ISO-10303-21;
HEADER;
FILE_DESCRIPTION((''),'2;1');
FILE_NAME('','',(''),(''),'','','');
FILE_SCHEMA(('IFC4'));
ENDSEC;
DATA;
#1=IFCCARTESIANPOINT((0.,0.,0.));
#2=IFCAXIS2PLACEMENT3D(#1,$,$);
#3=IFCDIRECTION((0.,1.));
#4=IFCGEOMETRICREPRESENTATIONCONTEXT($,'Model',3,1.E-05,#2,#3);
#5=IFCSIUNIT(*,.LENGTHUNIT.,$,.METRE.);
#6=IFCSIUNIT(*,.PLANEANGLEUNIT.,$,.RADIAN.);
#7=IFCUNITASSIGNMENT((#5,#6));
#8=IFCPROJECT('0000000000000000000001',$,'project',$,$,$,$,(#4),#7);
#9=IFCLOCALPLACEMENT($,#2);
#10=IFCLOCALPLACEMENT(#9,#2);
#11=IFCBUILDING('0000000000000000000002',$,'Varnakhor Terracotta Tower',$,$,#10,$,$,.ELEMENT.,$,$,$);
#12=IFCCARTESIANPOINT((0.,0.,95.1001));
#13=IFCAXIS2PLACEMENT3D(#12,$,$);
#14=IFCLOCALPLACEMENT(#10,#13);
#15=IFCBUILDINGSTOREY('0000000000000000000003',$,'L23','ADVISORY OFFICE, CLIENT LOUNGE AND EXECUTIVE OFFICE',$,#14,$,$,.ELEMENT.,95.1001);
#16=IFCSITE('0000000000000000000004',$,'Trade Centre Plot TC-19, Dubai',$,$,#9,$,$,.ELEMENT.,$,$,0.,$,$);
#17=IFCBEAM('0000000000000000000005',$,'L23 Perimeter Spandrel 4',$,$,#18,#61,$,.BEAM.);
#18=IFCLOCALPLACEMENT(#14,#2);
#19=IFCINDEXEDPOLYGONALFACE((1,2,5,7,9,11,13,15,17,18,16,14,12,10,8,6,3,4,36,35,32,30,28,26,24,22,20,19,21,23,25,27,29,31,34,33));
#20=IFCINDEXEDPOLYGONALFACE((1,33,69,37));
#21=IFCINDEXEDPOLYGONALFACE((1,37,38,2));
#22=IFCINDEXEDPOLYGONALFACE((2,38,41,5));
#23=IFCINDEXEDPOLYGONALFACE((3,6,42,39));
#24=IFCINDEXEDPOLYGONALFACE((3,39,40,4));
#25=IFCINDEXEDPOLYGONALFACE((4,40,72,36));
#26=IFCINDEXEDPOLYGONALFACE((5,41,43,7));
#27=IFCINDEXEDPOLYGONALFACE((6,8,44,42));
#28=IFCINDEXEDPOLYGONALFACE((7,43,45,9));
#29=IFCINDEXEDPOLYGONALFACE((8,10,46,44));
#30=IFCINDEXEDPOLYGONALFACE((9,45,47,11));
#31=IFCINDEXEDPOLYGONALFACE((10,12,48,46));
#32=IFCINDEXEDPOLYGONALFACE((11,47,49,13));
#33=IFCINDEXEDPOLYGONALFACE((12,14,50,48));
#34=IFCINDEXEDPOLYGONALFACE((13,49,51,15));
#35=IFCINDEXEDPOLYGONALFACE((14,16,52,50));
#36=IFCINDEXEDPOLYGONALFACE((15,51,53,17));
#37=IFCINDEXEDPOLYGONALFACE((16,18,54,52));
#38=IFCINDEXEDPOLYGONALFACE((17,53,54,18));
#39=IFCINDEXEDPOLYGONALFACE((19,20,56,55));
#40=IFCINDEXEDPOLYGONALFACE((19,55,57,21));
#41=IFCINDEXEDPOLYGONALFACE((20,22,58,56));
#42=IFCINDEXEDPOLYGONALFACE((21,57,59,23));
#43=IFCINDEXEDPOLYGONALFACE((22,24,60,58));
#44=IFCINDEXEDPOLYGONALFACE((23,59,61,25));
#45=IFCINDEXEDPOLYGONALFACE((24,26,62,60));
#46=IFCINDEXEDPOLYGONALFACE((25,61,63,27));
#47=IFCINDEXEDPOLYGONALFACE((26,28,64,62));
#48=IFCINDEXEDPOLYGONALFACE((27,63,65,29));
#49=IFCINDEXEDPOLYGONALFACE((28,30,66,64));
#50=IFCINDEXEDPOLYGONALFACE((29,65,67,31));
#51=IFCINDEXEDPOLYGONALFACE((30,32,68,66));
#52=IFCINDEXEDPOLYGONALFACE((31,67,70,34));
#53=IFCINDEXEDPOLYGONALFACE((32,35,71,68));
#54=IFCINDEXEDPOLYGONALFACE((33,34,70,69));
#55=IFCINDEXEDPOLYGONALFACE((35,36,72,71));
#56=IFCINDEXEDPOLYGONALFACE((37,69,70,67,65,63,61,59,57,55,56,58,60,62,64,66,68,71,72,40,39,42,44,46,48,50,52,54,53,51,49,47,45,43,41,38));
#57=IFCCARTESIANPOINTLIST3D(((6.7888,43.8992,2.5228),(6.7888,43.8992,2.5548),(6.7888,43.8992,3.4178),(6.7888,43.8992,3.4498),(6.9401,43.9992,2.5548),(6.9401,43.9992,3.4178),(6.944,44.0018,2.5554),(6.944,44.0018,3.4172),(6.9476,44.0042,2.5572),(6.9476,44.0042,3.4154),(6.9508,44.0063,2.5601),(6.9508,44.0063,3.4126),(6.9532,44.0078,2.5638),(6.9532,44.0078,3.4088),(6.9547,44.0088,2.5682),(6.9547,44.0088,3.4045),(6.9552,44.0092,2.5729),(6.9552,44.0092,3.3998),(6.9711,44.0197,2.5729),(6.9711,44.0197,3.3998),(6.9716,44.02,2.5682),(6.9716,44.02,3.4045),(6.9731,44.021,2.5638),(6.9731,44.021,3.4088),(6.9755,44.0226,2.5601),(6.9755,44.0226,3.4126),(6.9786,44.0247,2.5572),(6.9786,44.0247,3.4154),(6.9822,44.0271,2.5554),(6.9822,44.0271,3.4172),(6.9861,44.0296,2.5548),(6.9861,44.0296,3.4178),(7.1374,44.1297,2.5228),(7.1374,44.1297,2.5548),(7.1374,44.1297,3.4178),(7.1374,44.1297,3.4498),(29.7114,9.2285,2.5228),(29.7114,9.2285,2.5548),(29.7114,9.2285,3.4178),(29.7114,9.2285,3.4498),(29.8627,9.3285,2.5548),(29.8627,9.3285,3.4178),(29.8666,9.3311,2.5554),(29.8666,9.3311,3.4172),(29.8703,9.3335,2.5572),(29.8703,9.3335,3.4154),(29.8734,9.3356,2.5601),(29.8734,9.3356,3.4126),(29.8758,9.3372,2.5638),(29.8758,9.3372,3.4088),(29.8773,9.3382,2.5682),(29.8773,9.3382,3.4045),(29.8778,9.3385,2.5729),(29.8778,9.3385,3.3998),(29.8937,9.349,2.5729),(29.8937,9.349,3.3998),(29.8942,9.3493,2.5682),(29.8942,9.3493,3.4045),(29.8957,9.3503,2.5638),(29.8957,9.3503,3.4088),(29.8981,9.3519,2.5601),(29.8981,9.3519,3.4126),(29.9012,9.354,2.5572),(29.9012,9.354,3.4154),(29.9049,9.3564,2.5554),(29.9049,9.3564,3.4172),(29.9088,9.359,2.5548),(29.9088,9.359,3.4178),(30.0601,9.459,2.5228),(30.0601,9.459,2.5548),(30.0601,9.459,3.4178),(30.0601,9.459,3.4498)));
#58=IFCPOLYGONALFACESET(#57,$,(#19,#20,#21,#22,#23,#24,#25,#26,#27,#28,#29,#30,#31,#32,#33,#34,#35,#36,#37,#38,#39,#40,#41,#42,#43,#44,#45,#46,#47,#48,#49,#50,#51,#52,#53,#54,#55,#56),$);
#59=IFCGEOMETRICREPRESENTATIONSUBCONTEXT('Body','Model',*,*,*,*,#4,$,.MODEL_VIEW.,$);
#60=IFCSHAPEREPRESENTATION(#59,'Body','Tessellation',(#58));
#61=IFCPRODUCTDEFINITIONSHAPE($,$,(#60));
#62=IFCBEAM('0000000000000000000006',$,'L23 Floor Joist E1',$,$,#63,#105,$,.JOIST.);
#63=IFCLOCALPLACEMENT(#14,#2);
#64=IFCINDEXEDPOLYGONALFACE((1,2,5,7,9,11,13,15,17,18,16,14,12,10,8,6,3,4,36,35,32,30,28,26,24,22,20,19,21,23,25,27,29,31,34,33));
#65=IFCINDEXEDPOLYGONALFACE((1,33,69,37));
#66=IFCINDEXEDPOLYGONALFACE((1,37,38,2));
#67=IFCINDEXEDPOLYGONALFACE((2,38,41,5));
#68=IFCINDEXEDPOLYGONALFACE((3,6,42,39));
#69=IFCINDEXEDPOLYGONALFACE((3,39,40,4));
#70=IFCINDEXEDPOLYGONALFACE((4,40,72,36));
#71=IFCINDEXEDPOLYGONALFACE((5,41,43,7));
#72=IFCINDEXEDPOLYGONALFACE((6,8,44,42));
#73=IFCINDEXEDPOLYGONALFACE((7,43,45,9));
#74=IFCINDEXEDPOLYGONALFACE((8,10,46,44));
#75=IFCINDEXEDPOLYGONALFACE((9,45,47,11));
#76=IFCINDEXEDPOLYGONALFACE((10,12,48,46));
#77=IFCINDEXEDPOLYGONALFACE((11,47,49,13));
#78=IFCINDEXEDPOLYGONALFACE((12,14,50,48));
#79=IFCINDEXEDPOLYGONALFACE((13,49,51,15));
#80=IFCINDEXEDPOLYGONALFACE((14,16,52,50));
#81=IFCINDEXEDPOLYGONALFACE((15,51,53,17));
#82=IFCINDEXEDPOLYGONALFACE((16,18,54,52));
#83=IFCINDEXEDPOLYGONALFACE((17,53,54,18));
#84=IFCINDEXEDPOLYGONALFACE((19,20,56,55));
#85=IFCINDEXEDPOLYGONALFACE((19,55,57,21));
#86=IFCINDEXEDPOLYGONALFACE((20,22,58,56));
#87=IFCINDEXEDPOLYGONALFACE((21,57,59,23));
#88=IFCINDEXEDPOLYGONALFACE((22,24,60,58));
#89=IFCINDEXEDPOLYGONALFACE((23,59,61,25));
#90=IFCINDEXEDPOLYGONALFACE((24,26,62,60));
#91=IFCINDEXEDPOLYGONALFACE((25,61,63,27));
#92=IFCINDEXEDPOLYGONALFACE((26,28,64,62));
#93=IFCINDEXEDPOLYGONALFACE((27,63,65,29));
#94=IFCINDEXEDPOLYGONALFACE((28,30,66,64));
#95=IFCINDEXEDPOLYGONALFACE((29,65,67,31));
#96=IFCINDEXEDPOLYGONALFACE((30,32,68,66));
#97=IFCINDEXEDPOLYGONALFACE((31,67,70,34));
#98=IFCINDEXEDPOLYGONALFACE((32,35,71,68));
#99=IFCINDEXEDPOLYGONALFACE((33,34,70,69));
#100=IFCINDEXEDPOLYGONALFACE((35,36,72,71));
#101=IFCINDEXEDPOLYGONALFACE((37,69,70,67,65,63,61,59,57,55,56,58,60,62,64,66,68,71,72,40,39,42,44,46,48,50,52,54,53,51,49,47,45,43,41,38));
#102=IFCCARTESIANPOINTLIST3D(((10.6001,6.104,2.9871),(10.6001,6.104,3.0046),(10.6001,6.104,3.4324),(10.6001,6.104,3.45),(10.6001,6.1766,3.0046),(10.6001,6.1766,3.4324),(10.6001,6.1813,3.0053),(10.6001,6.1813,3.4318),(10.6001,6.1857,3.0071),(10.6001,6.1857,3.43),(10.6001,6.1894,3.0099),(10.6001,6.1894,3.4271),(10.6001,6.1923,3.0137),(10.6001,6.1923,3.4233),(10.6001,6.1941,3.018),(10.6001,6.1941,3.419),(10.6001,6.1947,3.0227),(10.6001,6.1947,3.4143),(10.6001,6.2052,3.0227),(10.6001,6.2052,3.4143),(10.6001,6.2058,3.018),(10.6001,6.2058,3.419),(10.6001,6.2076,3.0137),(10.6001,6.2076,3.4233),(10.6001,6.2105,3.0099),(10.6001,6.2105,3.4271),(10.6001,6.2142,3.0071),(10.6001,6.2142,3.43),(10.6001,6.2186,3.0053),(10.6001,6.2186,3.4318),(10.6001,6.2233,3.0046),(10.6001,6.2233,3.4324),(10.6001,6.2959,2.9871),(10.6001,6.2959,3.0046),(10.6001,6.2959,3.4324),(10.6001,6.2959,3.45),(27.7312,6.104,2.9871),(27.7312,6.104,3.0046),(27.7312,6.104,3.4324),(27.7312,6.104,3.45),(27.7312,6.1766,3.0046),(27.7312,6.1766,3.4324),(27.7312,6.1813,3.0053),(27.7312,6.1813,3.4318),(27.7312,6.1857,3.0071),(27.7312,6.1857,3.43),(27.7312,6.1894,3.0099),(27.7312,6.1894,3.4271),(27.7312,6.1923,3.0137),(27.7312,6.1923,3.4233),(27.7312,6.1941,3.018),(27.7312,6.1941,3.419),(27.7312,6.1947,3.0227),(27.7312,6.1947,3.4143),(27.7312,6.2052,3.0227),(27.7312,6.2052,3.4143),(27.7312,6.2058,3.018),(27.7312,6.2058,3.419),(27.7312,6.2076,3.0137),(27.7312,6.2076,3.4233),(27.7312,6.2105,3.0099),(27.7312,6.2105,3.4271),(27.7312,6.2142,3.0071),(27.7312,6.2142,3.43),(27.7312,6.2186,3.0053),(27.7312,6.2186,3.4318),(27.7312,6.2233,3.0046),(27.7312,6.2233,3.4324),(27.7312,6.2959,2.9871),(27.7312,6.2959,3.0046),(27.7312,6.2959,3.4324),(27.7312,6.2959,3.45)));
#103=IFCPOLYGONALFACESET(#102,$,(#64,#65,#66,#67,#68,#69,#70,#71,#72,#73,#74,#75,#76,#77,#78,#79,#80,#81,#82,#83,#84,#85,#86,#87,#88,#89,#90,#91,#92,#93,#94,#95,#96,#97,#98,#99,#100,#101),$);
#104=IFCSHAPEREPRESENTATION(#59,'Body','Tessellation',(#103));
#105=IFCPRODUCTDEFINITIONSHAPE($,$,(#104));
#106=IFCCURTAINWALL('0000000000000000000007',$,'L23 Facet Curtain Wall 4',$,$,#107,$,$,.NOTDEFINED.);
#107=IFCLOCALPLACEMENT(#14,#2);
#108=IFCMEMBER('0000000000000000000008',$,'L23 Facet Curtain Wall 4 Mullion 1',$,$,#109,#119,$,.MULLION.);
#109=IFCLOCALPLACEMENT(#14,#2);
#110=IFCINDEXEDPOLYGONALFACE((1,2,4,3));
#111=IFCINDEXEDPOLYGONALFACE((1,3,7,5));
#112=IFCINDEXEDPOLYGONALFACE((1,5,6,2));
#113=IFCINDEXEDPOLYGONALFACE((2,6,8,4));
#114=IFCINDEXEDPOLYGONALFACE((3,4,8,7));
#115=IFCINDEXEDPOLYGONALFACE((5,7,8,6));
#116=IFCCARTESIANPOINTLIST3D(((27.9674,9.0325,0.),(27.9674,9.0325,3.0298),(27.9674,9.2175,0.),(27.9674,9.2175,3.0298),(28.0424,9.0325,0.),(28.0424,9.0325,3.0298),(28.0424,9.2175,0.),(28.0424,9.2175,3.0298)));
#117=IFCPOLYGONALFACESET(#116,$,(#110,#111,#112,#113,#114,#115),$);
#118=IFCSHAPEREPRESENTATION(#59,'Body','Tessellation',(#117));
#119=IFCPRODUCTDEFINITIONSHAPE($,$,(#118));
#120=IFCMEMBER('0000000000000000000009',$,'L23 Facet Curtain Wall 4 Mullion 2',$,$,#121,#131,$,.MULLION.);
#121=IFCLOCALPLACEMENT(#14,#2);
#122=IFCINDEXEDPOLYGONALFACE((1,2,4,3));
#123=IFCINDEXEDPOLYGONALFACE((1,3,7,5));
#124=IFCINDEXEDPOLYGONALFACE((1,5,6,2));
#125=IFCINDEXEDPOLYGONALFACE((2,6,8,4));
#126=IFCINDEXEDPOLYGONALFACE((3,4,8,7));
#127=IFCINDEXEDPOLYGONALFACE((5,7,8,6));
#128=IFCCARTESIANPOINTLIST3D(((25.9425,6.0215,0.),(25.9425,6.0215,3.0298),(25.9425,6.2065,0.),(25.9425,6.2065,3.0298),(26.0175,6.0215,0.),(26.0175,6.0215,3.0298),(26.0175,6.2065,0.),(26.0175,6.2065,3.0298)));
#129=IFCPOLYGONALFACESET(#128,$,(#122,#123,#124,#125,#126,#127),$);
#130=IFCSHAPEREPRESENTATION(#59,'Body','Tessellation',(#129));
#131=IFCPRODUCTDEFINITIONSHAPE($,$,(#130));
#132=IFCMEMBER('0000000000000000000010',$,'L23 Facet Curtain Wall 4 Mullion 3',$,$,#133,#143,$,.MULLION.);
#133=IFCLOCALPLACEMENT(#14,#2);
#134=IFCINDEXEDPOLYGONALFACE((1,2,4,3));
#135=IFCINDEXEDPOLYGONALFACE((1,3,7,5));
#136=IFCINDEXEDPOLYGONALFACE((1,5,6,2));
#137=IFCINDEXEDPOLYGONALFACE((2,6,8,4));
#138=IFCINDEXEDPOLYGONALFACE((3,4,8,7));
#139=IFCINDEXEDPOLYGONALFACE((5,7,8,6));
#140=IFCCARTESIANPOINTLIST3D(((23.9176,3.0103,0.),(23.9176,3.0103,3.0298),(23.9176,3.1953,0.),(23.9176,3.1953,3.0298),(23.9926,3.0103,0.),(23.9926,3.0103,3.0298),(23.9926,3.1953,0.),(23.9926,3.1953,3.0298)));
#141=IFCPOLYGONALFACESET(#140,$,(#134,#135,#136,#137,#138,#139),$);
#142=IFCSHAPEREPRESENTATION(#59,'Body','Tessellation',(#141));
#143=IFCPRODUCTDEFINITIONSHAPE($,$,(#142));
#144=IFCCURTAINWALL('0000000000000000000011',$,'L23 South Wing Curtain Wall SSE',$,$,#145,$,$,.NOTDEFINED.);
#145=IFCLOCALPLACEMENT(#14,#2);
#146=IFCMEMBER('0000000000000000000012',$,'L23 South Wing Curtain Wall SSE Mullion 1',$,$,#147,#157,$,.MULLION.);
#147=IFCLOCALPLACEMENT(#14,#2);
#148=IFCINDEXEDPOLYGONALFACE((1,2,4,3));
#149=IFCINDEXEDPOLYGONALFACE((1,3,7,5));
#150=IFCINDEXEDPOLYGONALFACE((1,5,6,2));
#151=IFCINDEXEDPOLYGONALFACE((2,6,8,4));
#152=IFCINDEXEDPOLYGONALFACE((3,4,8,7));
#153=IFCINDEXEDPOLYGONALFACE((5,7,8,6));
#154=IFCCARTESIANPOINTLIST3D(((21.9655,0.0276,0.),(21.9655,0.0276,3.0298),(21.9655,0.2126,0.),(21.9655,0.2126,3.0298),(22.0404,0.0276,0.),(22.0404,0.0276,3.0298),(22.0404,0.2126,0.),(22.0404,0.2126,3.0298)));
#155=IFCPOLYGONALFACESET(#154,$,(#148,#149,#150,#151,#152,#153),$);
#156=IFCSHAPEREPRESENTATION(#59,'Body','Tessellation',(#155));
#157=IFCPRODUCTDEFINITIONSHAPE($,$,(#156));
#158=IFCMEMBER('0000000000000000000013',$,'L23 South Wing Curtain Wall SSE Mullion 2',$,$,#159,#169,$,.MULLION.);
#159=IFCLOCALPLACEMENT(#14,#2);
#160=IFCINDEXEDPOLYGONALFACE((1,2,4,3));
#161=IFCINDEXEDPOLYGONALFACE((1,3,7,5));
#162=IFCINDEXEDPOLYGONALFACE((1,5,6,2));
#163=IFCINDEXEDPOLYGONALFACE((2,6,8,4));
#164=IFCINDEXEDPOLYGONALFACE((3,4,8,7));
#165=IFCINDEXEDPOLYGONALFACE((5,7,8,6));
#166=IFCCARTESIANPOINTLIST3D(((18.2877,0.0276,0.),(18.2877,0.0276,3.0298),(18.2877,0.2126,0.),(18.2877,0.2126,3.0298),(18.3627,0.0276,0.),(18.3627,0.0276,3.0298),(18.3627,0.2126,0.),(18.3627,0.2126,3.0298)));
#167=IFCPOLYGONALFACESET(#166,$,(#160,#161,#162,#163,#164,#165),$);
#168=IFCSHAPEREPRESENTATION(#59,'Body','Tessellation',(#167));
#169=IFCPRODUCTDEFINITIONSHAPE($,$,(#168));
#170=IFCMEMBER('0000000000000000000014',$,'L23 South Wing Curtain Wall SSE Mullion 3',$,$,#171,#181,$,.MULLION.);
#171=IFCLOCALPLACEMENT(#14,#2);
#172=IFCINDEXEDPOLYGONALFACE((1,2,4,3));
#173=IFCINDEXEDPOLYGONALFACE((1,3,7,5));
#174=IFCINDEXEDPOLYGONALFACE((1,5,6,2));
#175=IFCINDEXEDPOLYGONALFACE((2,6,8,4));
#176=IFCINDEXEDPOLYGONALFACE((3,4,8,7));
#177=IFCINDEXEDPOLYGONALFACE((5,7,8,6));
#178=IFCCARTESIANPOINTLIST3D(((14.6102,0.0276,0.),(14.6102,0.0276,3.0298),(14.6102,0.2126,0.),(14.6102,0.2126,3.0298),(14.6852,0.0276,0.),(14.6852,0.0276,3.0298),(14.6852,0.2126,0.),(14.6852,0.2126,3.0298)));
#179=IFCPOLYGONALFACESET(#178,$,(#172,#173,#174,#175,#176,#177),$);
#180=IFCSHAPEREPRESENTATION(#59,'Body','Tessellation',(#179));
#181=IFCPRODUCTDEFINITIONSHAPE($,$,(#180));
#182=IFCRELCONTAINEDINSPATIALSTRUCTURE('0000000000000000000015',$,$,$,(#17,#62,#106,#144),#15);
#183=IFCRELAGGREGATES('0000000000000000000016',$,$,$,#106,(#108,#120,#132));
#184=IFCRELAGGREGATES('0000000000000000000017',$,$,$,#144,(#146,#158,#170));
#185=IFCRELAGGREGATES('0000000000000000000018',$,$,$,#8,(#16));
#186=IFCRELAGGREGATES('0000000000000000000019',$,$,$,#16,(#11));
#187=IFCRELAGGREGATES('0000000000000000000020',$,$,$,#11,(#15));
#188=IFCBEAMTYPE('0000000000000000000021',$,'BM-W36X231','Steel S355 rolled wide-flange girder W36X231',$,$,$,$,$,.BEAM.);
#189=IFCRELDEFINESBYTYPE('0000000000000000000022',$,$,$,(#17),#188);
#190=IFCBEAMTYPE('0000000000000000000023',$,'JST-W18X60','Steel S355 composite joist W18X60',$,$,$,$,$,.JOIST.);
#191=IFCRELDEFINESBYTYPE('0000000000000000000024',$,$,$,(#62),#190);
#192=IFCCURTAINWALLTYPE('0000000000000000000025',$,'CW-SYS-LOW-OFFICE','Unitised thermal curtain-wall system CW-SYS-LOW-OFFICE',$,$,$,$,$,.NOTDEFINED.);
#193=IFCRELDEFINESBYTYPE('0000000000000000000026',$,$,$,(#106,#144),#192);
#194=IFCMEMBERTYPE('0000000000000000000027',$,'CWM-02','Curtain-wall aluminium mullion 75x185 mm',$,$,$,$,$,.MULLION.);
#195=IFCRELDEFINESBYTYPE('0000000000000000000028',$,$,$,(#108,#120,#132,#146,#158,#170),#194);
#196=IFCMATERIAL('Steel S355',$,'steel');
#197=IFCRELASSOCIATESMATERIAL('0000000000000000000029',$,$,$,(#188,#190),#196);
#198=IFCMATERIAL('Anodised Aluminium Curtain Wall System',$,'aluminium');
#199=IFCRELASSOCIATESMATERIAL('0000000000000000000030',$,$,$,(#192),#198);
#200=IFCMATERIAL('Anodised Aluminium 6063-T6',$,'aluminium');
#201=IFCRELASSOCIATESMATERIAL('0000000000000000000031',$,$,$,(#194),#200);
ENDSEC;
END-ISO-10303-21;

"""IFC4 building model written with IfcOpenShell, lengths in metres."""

from ifc_helpers import new_model, si_unit, direction, frame, origin, origin_2d, place, context, subcontext, project, spatial, rectangle, i_section, extrude, source, transform, mapped, material, material_profile, profile_set, type_object, element, aggregate, save


model = new_model("IFC4")

# Units and contexts
model_context = context("Model", 3, precision=1e-05, world=origin(), true_north=direction((0.0, 1.0)))
body_context = subcontext(model_context, "Body", "Model", "MODEL_VIEW")
ifc_project = project(units=[si_unit("LENGTHUNIT", "METRE"), si_unit("PLANEANGLEUNIT", "RADIAN")], contexts=[model_context])

# Site, building, storey
site_placement = place(None, origin())
site = spatial("IfcSite", under=ifc_project, at=site_placement, Name="Trade Centre Plot TC-19, Dubai", CompositionType="ELEMENT", RefElevation=0.0)
building_placement = place(site_placement, origin())
building = spatial("IfcBuilding", under=site, at=building_placement, Name="Varnakhor Terracotta Tower", CompositionType="ELEMENT")
storey_placement = place(building_placement, frame((0.0, 0.0, 95.1001)))
storey = spatial("IfcBuildingStorey", under=building, at=storey_placement, Name="L23", Description="ADVISORY OFFICE, CLIENT LOUNGE AND EXECUTIVE OFFICE", CompositionType="ELEMENT", Elevation=95.1001)

# Beams
ifc_material_1 = material(Name="Steel S355", Category="steel")
ifc_material_profile_1 = material_profile(ifc_material_1, i_section(OverallWidth=0.418, OverallDepth=0.927, WebThickness=0.019, FlangeThickness=0.032, FilletRadius=0.0181, at=origin_2d()), Name="W36X231")
ifc_profile_set_1 = profile_set([ifc_material_profile_1], Name="Steel S355")
beam_type_1 = type_object("IfcBeamType", Name="BM-W36X231", Description="Steel S355 rolled wide-flange girder W36X231", PredefinedType="BEAM", material=ifc_profile_set_1)
shared_shape_1 = source(origin(), body_context, "Body", "SweptSolid", [
    extrude(i_section(OverallWidth=0.418, OverallDepth=0.927, WebThickness=0.019, FlangeThickness=0.032, FilletRadius=0.0181, at=origin_2d()), origin(), (0.0, 0.0, 1.0), 41.5632),
])
beam_1_placement = place(storey_placement, frame((29.8857, 9.3438, 2.9863), z_axis=(-0.551512, 0.834167, 0.0), x_axis=(-0.834167, -0.551512, 0.0)))
element("IfcBeam", 1, at=beam_1_placement, inside=storey, type_object=beam_type_1, Name="L23 Perimeter Spandrel 4", PredefinedType="BEAM", context=body_context, shape_type="MappedRepresentation", body=[
    mapped(shared_shape_1, transform((0.0, 0.0, 0.0), scale=1.0)),
])
ifc_material_profile_2 = material_profile(ifc_material_1, i_section(OverallWidth=0.1919, OverallDepth=0.4629, WebThickness=0.0105, FlangeThickness=0.0176, FilletRadius=0.0181, at=origin_2d()), Name="W18X60")
ifc_profile_set_2 = profile_set([ifc_material_profile_2], Name="Steel S355")
beam_type_2 = type_object("IfcBeamType", Name="JST-W18X60", Description="Steel S355 composite joist W18X60", PredefinedType="JOIST", material=ifc_profile_set_2)
shared_shape_2 = source(origin(), body_context, "Body", "SweptSolid", [
    extrude(i_section(OverallWidth=0.1919, OverallDepth=0.4629, WebThickness=0.0105, FlangeThickness=0.0176, FilletRadius=0.0181, at=origin_2d()), origin(), (0.0, 0.0, 1.0), 17.1311),
])
beam_2_placement = place(storey_placement, frame((10.6001, 6.2, 3.2185), z_axis=(1.0, 0.0, 0.0), x_axis=(0.0, 1.0, 0.0)))
element("IfcBeam", 2, at=beam_2_placement, inside=storey, type_object=beam_type_2, Name="L23 Floor Joist E1", PredefinedType="JOIST", context=body_context, shape_type="MappedRepresentation", body=[
    mapped(shared_shape_2, transform((0.0, 0.0, 0.0), scale=1.0)),
])

# Curtain walls, members
ifc_material_2 = material(Name="Anodised Aluminium Curtain Wall System", Category="aluminium")
curtain_wall_type = type_object("IfcCurtainWallType", Name="CW-SYS-LOW-OFFICE", Description="Unitised thermal curtain-wall system CW-SYS-LOW-OFFICE", PredefinedType="NOTDEFINED", material=ifc_material_2)
curtain_wall_1_placement = place(storey_placement, origin())
curtain_wall_1 = element("IfcCurtainWall", 3, at=curtain_wall_1_placement, inside=storey, type_object=curtain_wall_type, Name="L23 Facet Curtain Wall 4", PredefinedType="NOTDEFINED")
ifc_material_3 = material(Name="Anodised Aluminium 6063-T6", Category="aluminium")
ifc_material_profile_3 = material_profile(ifc_material_3, rectangle(XDim=0.075, YDim=0.1851, at=origin_2d()), Name="ALU MULLION 75x185")
ifc_profile_set_3 = profile_set([ifc_material_profile_3], Name="Anodised Aluminium 6063-T6")
member_type_1 = type_object("IfcMemberType", Name="CWM-02", Description="Curtain-wall aluminium mullion 75x185 mm", PredefinedType="MULLION", material=ifc_profile_set_3)
shared_shape_3 = source(origin(), body_context, "Body", "SweptSolid", [
    extrude(rectangle(XDim=0.075, YDim=0.1851, at=origin_2d()), origin(), (0.0, 0.0, 1.0), 3.0298),
])
member_1_placement = place(storey_placement, frame((28.0049, 9.125, 0.0), z_axis=(0.0, 0.0, 1.0), x_axis=(1.0, 0.0, 0.0)))
member_1 = element("IfcMember", 4, at=member_1_placement, type_object=member_type_1, Name="L23 Facet Curtain Wall 4 Mullion 1", PredefinedType="MULLION", context=body_context, shape_type="MappedRepresentation", body=[
    mapped(shared_shape_3, transform((0.0, 0.0, 0.0), scale=1.0)),
])
member_2_placement = place(storey_placement, frame((25.98, 6.114, 0.0), z_axis=(0.0, 0.0, 1.0), x_axis=(1.0, 0.0, 0.0)))
member_2 = element("IfcMember", 5, at=member_2_placement, type_object=member_type_1, Name="L23 Facet Curtain Wall 4 Mullion 2", PredefinedType="MULLION", context=body_context, shape_type="MappedRepresentation", body=[
    mapped(shared_shape_3, transform((0.0, 0.0, 0.0), scale=1.0)),
])
member_3_placement = place(storey_placement, frame((23.9551, 3.1028, 0.0), z_axis=(0.0, 0.0, 1.0), x_axis=(1.0, 0.0, 0.0)))
member_3 = element("IfcMember", 6, at=member_3_placement, type_object=member_type_1, Name="L23 Facet Curtain Wall 4 Mullion 3", PredefinedType="MULLION", context=body_context, shape_type="MappedRepresentation", body=[
    mapped(shared_shape_3, transform((0.0, 0.0, 0.0), scale=1.0)),
])
curtain_wall_2_placement = place(storey_placement, origin())
curtain_wall_2 = element("IfcCurtainWall", 7, at=curtain_wall_2_placement, inside=storey, type_object=curtain_wall_type, Name="L23 South Wing Curtain Wall SSE", PredefinedType="NOTDEFINED")
member_4_placement = place(storey_placement, frame((22.0029, 0.1201, 0.0), z_axis=(0.0, 0.0, 1.0), x_axis=(1.0, 0.0, 0.0)))
member_4 = element("IfcMember", 8, at=member_4_placement, type_object=member_type_1, Name="L23 South Wing Curtain Wall SSE Mullion 1", PredefinedType="MULLION", context=body_context, shape_type="MappedRepresentation", body=[
    mapped(shared_shape_3, transform((0.0, 0.0, 0.0), scale=1.0)),
])
member_5_placement = place(storey_placement, frame((18.3252, 0.1201, 0.0), z_axis=(0.0, 0.0, 1.0), x_axis=(1.0, 0.0, 0.0)))
member_5 = element("IfcMember", 9, at=member_5_placement, type_object=member_type_1, Name="L23 South Wing Curtain Wall SSE Mullion 2", PredefinedType="MULLION", context=body_context, shape_type="MappedRepresentation", body=[
    mapped(shared_shape_3, transform((0.0, 0.0, 0.0), scale=1.0)),
])
member_6_placement = place(storey_placement, frame((14.6477, 0.1201, 0.0), z_axis=(0.0, 0.0, 1.0), x_axis=(1.0, 0.0, 0.0)))
member_6 = element("IfcMember", 10, at=member_6_placement, type_object=member_type_1, Name="L23 South Wing Curtain Wall SSE Mullion 3", PredefinedType="MULLION", context=body_context, shape_type="MappedRepresentation", body=[
    mapped(shared_shape_3, transform((0.0, 0.0, 0.0), scale=1.0)),
])

aggregate(curtain_wall_1, [member_1, member_2, member_3])
aggregate(curtain_wall_2, [member_4, member_5, member_6])

save(model, "model.ifc")
